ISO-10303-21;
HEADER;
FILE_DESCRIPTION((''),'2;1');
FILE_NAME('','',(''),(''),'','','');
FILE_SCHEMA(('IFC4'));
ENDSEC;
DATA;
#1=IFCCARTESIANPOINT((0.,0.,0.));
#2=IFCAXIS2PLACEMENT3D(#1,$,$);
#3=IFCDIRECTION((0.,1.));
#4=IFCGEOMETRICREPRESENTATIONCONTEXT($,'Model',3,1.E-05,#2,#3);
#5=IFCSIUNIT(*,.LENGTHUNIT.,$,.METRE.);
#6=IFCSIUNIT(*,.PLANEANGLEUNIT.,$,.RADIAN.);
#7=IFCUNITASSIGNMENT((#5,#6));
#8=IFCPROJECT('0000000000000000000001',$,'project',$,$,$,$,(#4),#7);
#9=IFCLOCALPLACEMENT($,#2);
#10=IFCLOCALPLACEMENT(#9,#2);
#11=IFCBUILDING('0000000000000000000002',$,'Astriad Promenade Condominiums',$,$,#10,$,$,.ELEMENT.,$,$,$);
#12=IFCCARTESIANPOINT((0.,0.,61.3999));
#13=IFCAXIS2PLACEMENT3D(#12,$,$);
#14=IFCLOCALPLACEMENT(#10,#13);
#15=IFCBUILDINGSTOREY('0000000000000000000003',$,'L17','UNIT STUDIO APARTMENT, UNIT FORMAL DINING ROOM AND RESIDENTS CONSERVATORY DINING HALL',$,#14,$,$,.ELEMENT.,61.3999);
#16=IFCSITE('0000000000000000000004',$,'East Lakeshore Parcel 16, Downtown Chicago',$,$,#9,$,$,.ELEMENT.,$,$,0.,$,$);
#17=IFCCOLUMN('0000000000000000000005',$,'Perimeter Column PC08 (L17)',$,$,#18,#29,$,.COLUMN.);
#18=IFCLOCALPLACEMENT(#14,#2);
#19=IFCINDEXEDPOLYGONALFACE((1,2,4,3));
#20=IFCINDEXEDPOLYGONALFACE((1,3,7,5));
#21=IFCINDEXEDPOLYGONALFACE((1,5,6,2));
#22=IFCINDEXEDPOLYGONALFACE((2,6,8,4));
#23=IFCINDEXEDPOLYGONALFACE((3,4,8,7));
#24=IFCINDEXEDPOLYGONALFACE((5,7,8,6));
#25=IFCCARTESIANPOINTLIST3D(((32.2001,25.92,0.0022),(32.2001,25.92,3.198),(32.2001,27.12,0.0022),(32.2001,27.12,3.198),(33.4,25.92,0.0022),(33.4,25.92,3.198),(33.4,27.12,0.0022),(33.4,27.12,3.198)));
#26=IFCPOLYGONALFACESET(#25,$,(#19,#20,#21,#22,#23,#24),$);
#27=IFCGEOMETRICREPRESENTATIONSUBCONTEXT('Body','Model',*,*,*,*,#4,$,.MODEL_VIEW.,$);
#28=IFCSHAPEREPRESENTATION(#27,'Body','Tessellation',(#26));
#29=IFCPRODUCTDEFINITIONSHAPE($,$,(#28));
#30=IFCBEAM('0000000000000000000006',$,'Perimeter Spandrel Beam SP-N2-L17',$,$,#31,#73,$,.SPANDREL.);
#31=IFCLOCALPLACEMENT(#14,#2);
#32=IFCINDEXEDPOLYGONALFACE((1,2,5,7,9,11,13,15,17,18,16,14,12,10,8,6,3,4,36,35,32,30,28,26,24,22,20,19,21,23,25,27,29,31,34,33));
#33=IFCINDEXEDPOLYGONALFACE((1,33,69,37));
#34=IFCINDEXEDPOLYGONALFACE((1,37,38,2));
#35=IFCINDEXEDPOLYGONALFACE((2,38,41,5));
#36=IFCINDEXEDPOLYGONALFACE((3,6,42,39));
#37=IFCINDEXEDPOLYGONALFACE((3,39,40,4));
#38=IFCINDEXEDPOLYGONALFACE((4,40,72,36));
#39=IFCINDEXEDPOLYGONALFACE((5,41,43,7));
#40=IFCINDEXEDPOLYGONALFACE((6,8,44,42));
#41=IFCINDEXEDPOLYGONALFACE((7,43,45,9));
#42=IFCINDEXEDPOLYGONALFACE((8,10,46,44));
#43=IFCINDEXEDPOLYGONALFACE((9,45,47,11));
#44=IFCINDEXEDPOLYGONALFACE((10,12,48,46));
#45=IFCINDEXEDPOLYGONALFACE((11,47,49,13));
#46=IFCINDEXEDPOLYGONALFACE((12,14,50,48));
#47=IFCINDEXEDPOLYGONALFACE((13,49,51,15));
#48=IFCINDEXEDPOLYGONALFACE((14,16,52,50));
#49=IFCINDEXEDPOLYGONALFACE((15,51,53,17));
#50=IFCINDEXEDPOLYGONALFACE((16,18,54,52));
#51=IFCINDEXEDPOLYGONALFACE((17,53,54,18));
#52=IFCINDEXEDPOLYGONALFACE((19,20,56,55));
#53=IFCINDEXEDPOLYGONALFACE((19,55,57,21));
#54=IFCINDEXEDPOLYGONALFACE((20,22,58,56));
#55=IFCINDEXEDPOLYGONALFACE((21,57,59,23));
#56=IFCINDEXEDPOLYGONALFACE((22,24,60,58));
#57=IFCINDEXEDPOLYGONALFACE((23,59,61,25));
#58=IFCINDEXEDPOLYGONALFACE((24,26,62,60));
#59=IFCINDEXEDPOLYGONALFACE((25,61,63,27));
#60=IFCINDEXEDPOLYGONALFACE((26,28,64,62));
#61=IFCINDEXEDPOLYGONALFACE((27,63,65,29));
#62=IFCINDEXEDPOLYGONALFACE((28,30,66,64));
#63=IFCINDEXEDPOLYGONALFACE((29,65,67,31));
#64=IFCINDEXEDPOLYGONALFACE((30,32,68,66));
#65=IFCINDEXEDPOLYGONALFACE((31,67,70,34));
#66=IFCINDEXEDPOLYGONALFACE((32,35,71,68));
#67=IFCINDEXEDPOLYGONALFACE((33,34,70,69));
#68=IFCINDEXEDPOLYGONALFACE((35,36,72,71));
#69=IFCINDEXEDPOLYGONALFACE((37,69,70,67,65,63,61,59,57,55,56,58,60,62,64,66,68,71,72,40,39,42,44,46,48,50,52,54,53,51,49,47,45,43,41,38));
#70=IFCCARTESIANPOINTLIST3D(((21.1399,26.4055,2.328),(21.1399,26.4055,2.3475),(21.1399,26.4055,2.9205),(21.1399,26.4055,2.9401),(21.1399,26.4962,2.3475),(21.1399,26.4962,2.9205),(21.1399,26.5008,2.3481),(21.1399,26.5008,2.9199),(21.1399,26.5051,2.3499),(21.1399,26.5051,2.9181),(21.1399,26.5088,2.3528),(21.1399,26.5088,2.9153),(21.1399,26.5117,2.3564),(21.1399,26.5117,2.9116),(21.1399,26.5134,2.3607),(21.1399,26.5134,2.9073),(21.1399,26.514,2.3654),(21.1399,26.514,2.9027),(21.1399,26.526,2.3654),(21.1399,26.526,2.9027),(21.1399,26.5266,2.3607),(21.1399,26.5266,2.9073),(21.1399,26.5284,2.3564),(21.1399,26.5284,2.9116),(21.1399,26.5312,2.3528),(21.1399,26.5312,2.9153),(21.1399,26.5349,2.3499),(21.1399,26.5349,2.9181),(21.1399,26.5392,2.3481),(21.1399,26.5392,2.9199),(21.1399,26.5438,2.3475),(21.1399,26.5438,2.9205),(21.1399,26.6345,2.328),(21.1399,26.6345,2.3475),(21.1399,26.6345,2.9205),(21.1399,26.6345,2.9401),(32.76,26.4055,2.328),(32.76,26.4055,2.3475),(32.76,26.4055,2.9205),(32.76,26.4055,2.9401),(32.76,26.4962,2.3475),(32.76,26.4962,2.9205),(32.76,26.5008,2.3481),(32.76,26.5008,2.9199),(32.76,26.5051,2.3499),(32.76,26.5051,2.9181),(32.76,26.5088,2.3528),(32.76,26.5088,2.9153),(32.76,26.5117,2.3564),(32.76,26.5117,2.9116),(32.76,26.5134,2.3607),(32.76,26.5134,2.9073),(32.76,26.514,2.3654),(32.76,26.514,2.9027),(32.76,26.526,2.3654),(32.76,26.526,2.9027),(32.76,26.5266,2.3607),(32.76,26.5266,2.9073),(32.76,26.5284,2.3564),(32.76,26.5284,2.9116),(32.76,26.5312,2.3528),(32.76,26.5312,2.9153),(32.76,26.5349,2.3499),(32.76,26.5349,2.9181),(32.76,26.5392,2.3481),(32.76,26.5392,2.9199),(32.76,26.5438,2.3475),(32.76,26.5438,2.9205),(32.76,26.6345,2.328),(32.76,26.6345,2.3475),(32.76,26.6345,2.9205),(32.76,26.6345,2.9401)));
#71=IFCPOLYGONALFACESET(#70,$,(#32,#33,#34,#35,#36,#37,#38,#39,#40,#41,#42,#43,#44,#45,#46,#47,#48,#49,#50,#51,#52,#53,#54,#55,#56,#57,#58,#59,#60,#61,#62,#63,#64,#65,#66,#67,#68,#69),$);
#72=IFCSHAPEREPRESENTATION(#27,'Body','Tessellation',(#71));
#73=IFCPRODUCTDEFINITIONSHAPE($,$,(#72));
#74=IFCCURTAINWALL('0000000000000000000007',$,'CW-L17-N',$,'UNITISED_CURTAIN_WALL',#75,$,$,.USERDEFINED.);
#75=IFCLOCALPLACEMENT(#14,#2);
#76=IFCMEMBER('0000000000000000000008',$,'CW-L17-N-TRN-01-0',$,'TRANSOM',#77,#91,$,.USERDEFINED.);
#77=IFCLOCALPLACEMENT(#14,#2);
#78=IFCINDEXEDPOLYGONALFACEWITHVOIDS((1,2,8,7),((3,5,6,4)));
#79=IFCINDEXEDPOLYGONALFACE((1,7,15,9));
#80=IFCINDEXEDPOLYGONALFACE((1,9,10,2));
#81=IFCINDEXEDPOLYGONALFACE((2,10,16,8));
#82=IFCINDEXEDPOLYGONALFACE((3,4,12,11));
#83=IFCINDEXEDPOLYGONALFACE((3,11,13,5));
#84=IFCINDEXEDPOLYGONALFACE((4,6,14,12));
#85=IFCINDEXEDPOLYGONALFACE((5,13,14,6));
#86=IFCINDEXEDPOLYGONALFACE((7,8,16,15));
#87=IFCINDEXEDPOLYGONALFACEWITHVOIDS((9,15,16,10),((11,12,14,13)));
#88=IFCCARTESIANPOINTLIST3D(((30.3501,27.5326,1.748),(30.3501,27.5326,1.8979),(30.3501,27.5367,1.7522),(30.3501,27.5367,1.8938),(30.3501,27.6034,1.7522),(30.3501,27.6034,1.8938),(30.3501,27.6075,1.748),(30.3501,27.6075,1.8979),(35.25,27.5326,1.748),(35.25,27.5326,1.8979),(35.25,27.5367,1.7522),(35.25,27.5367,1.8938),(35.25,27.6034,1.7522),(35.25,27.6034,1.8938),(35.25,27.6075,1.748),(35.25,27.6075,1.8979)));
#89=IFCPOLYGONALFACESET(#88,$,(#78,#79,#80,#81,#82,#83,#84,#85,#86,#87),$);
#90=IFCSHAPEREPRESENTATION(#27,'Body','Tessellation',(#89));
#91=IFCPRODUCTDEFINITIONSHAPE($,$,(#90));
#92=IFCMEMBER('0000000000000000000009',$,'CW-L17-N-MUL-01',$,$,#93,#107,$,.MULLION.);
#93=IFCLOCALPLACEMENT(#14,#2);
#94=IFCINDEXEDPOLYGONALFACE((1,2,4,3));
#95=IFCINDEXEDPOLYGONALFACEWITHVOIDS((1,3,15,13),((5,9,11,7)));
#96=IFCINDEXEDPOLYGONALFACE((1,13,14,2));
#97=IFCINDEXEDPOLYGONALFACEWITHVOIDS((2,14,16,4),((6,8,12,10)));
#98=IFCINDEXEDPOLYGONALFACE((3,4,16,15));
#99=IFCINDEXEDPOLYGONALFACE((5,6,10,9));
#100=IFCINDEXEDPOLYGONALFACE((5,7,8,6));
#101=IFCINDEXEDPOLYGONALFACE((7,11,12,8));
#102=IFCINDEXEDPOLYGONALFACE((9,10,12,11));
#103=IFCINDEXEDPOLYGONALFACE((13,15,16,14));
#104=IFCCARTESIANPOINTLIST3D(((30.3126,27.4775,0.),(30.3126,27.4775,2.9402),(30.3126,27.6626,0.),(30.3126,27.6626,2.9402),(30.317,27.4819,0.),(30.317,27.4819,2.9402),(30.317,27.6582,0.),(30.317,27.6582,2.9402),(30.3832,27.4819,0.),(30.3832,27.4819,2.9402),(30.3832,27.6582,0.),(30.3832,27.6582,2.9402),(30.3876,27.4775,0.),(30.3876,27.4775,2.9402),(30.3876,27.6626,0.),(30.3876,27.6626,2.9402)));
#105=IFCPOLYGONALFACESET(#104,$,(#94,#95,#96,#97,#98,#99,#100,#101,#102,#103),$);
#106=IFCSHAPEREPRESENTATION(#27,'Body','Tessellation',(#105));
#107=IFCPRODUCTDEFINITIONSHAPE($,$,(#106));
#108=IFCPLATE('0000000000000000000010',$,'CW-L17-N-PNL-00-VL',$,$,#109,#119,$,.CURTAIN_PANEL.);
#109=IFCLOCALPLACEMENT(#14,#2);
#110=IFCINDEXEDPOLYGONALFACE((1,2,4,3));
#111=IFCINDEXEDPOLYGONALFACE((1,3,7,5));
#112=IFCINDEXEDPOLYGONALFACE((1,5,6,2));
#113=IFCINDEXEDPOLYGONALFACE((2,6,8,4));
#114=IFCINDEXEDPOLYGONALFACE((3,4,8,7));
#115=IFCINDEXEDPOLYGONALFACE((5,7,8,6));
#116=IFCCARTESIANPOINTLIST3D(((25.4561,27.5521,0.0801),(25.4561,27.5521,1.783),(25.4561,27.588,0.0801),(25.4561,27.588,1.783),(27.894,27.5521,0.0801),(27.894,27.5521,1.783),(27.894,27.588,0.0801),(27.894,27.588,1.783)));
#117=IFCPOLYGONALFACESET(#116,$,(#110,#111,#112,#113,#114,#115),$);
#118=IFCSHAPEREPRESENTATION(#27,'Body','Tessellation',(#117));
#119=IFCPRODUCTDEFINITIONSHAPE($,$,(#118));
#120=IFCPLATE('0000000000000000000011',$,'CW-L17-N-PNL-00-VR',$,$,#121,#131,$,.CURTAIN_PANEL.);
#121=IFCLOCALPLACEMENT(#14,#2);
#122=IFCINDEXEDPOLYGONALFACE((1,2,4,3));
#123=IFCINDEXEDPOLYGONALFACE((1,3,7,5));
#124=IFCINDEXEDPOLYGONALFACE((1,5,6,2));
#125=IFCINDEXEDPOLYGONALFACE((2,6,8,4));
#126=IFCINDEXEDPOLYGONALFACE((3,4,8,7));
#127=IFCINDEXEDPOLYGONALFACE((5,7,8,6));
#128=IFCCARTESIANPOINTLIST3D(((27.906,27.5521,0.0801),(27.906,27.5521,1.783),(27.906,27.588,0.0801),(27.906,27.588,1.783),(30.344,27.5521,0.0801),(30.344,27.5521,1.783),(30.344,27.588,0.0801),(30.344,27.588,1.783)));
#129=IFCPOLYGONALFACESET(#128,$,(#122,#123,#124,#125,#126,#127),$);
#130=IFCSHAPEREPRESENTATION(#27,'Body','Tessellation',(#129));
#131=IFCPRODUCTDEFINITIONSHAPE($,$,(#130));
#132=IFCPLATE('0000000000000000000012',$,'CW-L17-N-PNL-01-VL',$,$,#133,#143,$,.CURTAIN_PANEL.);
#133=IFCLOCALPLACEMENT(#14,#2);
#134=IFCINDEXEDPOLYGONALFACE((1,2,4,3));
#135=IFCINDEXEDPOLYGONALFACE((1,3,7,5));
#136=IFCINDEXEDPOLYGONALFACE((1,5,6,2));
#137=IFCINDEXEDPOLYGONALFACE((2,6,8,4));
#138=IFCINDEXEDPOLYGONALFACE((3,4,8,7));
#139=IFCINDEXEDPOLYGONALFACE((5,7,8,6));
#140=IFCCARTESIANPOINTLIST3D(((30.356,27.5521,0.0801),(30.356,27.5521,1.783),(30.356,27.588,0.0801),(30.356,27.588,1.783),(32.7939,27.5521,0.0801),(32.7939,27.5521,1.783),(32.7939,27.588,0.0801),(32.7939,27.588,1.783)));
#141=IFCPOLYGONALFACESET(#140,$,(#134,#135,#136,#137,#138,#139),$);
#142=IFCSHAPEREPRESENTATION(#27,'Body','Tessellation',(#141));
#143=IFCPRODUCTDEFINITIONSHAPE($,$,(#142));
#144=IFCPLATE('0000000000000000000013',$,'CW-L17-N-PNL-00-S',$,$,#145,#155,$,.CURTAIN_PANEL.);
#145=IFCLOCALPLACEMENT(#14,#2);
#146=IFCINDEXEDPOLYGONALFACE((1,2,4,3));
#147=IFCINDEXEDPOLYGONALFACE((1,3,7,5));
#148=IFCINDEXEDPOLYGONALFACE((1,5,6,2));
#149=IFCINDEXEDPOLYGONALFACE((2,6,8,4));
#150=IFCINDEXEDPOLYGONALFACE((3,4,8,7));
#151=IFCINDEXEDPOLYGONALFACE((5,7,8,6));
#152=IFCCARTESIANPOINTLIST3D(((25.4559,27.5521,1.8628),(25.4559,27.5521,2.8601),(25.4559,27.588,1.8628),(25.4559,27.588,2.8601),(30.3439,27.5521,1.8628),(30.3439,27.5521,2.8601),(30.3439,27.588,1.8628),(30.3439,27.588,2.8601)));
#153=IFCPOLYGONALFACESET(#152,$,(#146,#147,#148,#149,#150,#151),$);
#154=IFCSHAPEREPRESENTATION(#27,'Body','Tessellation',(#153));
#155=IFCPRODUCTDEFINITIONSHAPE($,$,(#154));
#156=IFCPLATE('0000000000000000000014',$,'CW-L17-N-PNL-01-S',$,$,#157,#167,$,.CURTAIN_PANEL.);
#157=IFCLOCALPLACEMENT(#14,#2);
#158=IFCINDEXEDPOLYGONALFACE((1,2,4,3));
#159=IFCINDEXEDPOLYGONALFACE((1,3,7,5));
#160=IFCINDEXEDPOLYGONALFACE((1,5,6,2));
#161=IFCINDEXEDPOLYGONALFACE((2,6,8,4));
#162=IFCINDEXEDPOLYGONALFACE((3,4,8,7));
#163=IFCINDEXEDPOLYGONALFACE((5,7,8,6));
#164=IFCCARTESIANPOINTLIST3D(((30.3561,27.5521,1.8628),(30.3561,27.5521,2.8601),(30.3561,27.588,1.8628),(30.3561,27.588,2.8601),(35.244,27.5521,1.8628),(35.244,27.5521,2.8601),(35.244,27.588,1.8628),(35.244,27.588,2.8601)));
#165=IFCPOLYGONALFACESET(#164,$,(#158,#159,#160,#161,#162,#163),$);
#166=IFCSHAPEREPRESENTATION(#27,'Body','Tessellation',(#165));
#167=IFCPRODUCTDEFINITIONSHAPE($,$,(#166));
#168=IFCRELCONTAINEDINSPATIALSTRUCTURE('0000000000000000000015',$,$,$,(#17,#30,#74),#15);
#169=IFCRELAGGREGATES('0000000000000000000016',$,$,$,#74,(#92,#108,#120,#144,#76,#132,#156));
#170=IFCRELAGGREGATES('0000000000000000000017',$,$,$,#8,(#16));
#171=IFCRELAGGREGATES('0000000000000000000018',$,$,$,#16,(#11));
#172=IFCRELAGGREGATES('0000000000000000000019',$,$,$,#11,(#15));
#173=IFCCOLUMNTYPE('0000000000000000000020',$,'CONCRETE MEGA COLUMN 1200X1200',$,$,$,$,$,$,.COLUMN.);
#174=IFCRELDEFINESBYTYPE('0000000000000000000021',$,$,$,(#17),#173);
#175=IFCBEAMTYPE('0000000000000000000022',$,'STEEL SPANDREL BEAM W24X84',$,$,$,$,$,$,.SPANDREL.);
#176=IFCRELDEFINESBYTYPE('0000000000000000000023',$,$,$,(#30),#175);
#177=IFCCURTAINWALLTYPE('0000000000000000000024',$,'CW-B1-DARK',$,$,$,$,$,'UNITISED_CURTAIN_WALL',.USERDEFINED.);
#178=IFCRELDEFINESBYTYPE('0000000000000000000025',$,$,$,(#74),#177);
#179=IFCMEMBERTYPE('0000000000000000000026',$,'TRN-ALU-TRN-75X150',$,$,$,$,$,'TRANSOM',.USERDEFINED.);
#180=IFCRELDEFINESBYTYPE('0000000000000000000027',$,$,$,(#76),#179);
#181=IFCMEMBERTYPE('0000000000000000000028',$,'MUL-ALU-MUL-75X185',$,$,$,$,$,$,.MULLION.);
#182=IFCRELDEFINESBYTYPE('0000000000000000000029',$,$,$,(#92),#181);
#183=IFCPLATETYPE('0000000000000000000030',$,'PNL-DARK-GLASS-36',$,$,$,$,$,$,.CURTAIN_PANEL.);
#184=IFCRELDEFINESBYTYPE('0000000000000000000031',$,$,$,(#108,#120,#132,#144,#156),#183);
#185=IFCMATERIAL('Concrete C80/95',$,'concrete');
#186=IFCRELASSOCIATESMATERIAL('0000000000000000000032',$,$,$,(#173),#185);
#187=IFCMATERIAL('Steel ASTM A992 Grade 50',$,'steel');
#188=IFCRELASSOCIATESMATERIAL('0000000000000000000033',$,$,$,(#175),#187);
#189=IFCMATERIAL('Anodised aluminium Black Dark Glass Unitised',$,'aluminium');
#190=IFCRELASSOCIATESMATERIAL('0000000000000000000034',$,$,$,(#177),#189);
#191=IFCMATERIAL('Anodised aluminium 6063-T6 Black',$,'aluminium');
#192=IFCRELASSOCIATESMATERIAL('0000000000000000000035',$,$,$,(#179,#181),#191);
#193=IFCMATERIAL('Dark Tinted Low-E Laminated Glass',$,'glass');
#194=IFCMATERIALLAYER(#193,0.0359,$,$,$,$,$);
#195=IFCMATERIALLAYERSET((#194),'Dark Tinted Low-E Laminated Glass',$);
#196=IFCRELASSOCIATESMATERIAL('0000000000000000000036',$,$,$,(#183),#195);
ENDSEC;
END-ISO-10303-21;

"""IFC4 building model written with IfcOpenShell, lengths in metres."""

from ifc_helpers import new_model, si_unit, direction, frame, origin, origin_2d, place, context, subcontext, project, spatial, rectangle, hollow_rectangle, i_section, extrude, source, transform, mapped, material, layer, layer_set, material_profile, profile_set, type_object, type_shapes, element, aggregate, save


model = new_model("IFC4")

# Units and contexts
model_context = context("Model", 3, precision=1e-05, world=origin(), true_north=direction((0.0, 1.0)))
body_context = subcontext(model_context, "Body", "Model", "MODEL_VIEW")
ifc_project = project(units=[si_unit("LENGTHUNIT", "METRE"), si_unit("PLANEANGLEUNIT", "RADIAN")], contexts=[model_context])

# Site, building, storey
site_placement = place(None, origin())
site = spatial("IfcSite", under=ifc_project, at=site_placement, Name="East Lakeshore Parcel 16, Downtown Chicago", CompositionType="ELEMENT", RefElevation=0.0)
building_placement = place(site_placement, origin())
building = spatial("IfcBuilding", under=site, at=building_placement, Name="Astriad Promenade Condominiums", CompositionType="ELEMENT")
storey_placement = place(building_placement, frame((0.0, 0.0, 61.3999)))
storey = spatial("IfcBuildingStorey", under=building, at=storey_placement, Name="L17", Description="UNIT STUDIO APARTMENT, UNIT FORMAL DINING ROOM AND RESIDENTS CONSERVATORY DINING HALL", CompositionType="ELEMENT", Elevation=61.3999)

# Column
ifc_material_1 = material(Name="Concrete C80/95", Category="concrete")
ifc_material_profile_1 = material_profile(ifc_material_1, rectangle(XDim=1.2, YDim=1.2, at=origin_2d()), Name="RC-COL-1200X1200")
ifc_profile_set_1 = profile_set([ifc_material_profile_1], Name="Concrete C80/95")
column_type = type_object("IfcColumnType", Name="CONCRETE MEGA COLUMN 1200X1200", PredefinedType="COLUMN", material=ifc_profile_set_1)
shared_shape_1 = source(origin(), body_context, "Body", "SweptSolid", [
    extrude(rectangle(XDim=1.2, YDim=1.2, at=origin_2d()), origin(), (0.0, 0.0, 1.0), 3.1958),
])
type_shapes(column_type, [shared_shape_1])
column_placement = place(storey_placement, frame((32.8, 26.52, 0.0022), z_axis=(0.0, 0.0, 1.0), x_axis=(1.0, 0.0, 0.0)))
element("IfcColumn", 1, at=column_placement, inside=storey, type_object=column_type, Name="Perimeter Column PC08 (L17)", PredefinedType="COLUMN", context=body_context, shape_type="MappedRepresentation", body=[
    mapped(shared_shape_1, transform((0.0, 0.0, 0.0), scale=1.0)),
])

# Beam
ifc_material_2 = material(Name="Steel ASTM A992 Grade 50", Category="steel")
ifc_material_profile_2 = material_profile(ifc_material_2, i_section(OverallWidth=0.229, OverallDepth=0.6121, WebThickness=0.012, FlangeThickness=0.0195, FilletRadius=0.0178, at=origin_2d()), Name="W24X84")
ifc_profile_set_2 = profile_set([ifc_material_profile_2], Name="Steel ASTM A992 Grade 50")
beam_type = type_object("IfcBeamType", Name="STEEL SPANDREL BEAM W24X84", PredefinedType="SPANDREL", material=ifc_profile_set_2)
shared_shape_2 = source(origin(), body_context, "Body", "SweptSolid", [
    extrude(i_section(OverallWidth=0.229, OverallDepth=0.6121, WebThickness=0.012, FlangeThickness=0.0195, FilletRadius=0.0178, at=origin_2d()), origin(), (0.0, 0.0, 1.0), 11.6201),
])
type_shapes(beam_type, [shared_shape_2])
beam_placement = place(storey_placement, frame((32.76, 26.52, 2.634), z_axis=(-1.0, 0.0, 0.0), x_axis=(0.0, -1.0, 0.0)))
element("IfcBeam", 2, at=beam_placement, inside=storey, type_object=beam_type, Name="Perimeter Spandrel Beam SP-N2-L17", PredefinedType="SPANDREL", context=body_context, shape_type="MappedRepresentation", body=[
    mapped(shared_shape_2, transform((0.0, 0.0, 0.0), scale=1.0)),
])

# Curtain wall, members, plates
ifc_material_3 = material(Name="Anodised aluminium Black Dark Glass Unitised", Category="aluminium")
curtain_wall_type = type_object("IfcCurtainWallType", Name="CW-B1-DARK", ElementType="UNITISED_CURTAIN_WALL", PredefinedType="USERDEFINED", material=ifc_material_3)
curtain_wall_placement = place(storey_placement, origin())
curtain_wall = element("IfcCurtainWall", 3, at=curtain_wall_placement, inside=storey, type_object=curtain_wall_type, Name="CW-L17-N", ObjectType="UNITISED_CURTAIN_WALL", PredefinedType="USERDEFINED")
ifc_material_4 = material(Name="Anodised aluminium 6063-T6 Black", Category="aluminium")
ifc_material_profile_3 = material_profile(ifc_material_4, hollow_rectangle(XDim=0.075, YDim=0.1499, WallThickness=0.0042, at=origin_2d()), Name="ALU-TRN-75X150")
ifc_profile_set_3 = profile_set([ifc_material_profile_3], Name="Anodised aluminium 6063-T6 Black")
member_type_1 = type_object("IfcMemberType", Name="TRN-ALU-TRN-75X150", ElementType="TRANSOM", PredefinedType="USERDEFINED", material=ifc_profile_set_3)
shared_shape_3 = source(origin(), body_context, "Body", "SweptSolid", [
    extrude(hollow_rectangle(XDim=0.075, YDim=0.1499, WallThickness=0.0042, at=origin_2d()), origin(), (0.0, 0.0, 1.0), 4.8999),
])
type_shapes(member_type_1, [shared_shape_3])
member_1_placement = place(storey_placement, frame((30.3501, 27.5701, 1.823), z_axis=(1.0, 0.0, 0.0), x_axis=(0.0, 1.0, 0.0)))
member_1 = element("IfcMember", 4, at=member_1_placement, type_object=member_type_1, Name="CW-L17-N-TRN-01-0", ObjectType="TRANSOM", PredefinedType="USERDEFINED", context=body_context, shape_type="MappedRepresentation", body=[
    mapped(shared_shape_3, transform((0.0, 0.0, 0.0), scale=1.0)),
])
ifc_material_profile_4 = material_profile(ifc_material_4, hollow_rectangle(XDim=0.075, YDim=0.1851, WallThickness=0.0044, at=origin_2d()), Name="ALU-MUL-75X185")
ifc_profile_set_4 = profile_set([ifc_material_profile_4], Name="Anodised aluminium 6063-T6 Black")
member_type_2 = type_object("IfcMemberType", Name="MUL-ALU-MUL-75X185", PredefinedType="MULLION", material=ifc_profile_set_4)
shared_shape_4 = source(origin(), body_context, "Body", "SweptSolid", [
    extrude(hollow_rectangle(XDim=0.075, YDim=0.1851, WallThickness=0.0044, at=origin_2d()), origin(), (0.0, 0.0, 1.0), 2.9402),
])
type_shapes(member_type_2, [shared_shape_4])
member_2_placement = place(storey_placement, frame((30.3501, 27.5701, 0.0), z_axis=(0.0, 0.0, 1.0), x_axis=(1.0, 0.0, 0.0)))
member_2 = element("IfcMember", 5, at=member_2_placement, type_object=member_type_2, Name="CW-L17-N-MUL-01", PredefinedType="MULLION", context=body_context, shape_type="MappedRepresentation", body=[
    mapped(shared_shape_4, transform((0.0, 0.0, 0.0), scale=1.0)),
])
ifc_material_5 = material(Name="Dark Tinted Low-E Laminated Glass", Category="glass")
ifc_layer_1 = layer(ifc_material_5, 0.0359)
ifc_layer_set_1 = layer_set([ifc_layer_1], Name="Dark Tinted Low-E Laminated Glass")
plate_type = type_object("IfcPlateType", Name="PNL-DARK-GLASS-36", PredefinedType="CURTAIN_PANEL", material=ifc_layer_set_1)
shared_shape_5 = source(origin(), body_context, "Body", "SweptSolid", [
    extrude(rectangle(XDim=2.438, YDim=0.0359, at=origin_2d()), origin(), (0.0, 0.0, 1.0), 1.7029),
])
plate_1_placement = place(storey_placement, frame((26.675, 27.5701, 0.0801), z_axis=(0.0, 0.0, 1.0), x_axis=(1.0, 0.0, 0.0)))
plate_1 = element("IfcPlate", 6, at=plate_1_placement, type_object=plate_type, Name="CW-L17-N-PNL-00-VL", PredefinedType="CURTAIN_PANEL", context=body_context, shape_type="MappedRepresentation", body=[
    mapped(shared_shape_5, transform((0.0, 0.0, 0.0), scale=1.0)),
])
plate_2_placement = place(storey_placement, frame((29.125, 27.5701, 0.0801), z_axis=(0.0, 0.0, 1.0), x_axis=(1.0, 0.0, 0.0)))
plate_2 = element("IfcPlate", 7, at=plate_2_placement, type_object=plate_type, Name="CW-L17-N-PNL-00-VR", PredefinedType="CURTAIN_PANEL", context=body_context, shape_type="MappedRepresentation", body=[
    mapped(shared_shape_5, transform((0.0, 0.0, 0.0), scale=1.0)),
])
plate_3_placement = place(storey_placement, frame((31.575, 27.5701, 0.0801), z_axis=(0.0, 0.0, 1.0), x_axis=(1.0, 0.0, 0.0)))
plate_3 = element("IfcPlate", 8, at=plate_3_placement, type_object=plate_type, Name="CW-L17-N-PNL-01-VL", PredefinedType="CURTAIN_PANEL", context=body_context, shape_type="MappedRepresentation", body=[
    mapped(shared_shape_5, transform((0.0, 0.0, 0.0), scale=1.0)),
])
shared_shape_6 = source(origin(), body_context, "Body", "SweptSolid", [
    extrude(rectangle(XDim=4.8879, YDim=0.0359, at=origin_2d()), origin(), (0.0, 0.0, 1.0), 0.9973),
])
type_shapes(plate_type, [shared_shape_5, shared_shape_6])
plate_4_placement = place(storey_placement, frame((27.8999, 27.5701, 1.8628), z_axis=(0.0, 0.0, 1.0), x_axis=(1.0, 0.0, 0.0)))
plate_4 = element("IfcPlate", 9, at=plate_4_placement, type_object=plate_type, Name="CW-L17-N-PNL-00-S", PredefinedType="CURTAIN_PANEL", context=body_context, shape_type="MappedRepresentation", body=[
    mapped(shared_shape_6, transform((0.0, 0.0, 0.0), scale=1.0)),
])
plate_5_placement = place(storey_placement, frame((32.8, 27.5701, 1.8628), z_axis=(0.0, 0.0, 1.0), x_axis=(1.0, 0.0, 0.0)))
plate_5 = element("IfcPlate", 10, at=plate_5_placement, type_object=plate_type, Name="CW-L17-N-PNL-01-S", PredefinedType="CURTAIN_PANEL", context=body_context, shape_type="MappedRepresentation", body=[
    mapped(shared_shape_6, transform((0.0, 0.0, 0.0), scale=1.0)),
])
aggregate(curtain_wall, [member_2, plate_1, plate_2, plate_4, member_1, plate_3, plate_5])

save(model, "model.ifc")
